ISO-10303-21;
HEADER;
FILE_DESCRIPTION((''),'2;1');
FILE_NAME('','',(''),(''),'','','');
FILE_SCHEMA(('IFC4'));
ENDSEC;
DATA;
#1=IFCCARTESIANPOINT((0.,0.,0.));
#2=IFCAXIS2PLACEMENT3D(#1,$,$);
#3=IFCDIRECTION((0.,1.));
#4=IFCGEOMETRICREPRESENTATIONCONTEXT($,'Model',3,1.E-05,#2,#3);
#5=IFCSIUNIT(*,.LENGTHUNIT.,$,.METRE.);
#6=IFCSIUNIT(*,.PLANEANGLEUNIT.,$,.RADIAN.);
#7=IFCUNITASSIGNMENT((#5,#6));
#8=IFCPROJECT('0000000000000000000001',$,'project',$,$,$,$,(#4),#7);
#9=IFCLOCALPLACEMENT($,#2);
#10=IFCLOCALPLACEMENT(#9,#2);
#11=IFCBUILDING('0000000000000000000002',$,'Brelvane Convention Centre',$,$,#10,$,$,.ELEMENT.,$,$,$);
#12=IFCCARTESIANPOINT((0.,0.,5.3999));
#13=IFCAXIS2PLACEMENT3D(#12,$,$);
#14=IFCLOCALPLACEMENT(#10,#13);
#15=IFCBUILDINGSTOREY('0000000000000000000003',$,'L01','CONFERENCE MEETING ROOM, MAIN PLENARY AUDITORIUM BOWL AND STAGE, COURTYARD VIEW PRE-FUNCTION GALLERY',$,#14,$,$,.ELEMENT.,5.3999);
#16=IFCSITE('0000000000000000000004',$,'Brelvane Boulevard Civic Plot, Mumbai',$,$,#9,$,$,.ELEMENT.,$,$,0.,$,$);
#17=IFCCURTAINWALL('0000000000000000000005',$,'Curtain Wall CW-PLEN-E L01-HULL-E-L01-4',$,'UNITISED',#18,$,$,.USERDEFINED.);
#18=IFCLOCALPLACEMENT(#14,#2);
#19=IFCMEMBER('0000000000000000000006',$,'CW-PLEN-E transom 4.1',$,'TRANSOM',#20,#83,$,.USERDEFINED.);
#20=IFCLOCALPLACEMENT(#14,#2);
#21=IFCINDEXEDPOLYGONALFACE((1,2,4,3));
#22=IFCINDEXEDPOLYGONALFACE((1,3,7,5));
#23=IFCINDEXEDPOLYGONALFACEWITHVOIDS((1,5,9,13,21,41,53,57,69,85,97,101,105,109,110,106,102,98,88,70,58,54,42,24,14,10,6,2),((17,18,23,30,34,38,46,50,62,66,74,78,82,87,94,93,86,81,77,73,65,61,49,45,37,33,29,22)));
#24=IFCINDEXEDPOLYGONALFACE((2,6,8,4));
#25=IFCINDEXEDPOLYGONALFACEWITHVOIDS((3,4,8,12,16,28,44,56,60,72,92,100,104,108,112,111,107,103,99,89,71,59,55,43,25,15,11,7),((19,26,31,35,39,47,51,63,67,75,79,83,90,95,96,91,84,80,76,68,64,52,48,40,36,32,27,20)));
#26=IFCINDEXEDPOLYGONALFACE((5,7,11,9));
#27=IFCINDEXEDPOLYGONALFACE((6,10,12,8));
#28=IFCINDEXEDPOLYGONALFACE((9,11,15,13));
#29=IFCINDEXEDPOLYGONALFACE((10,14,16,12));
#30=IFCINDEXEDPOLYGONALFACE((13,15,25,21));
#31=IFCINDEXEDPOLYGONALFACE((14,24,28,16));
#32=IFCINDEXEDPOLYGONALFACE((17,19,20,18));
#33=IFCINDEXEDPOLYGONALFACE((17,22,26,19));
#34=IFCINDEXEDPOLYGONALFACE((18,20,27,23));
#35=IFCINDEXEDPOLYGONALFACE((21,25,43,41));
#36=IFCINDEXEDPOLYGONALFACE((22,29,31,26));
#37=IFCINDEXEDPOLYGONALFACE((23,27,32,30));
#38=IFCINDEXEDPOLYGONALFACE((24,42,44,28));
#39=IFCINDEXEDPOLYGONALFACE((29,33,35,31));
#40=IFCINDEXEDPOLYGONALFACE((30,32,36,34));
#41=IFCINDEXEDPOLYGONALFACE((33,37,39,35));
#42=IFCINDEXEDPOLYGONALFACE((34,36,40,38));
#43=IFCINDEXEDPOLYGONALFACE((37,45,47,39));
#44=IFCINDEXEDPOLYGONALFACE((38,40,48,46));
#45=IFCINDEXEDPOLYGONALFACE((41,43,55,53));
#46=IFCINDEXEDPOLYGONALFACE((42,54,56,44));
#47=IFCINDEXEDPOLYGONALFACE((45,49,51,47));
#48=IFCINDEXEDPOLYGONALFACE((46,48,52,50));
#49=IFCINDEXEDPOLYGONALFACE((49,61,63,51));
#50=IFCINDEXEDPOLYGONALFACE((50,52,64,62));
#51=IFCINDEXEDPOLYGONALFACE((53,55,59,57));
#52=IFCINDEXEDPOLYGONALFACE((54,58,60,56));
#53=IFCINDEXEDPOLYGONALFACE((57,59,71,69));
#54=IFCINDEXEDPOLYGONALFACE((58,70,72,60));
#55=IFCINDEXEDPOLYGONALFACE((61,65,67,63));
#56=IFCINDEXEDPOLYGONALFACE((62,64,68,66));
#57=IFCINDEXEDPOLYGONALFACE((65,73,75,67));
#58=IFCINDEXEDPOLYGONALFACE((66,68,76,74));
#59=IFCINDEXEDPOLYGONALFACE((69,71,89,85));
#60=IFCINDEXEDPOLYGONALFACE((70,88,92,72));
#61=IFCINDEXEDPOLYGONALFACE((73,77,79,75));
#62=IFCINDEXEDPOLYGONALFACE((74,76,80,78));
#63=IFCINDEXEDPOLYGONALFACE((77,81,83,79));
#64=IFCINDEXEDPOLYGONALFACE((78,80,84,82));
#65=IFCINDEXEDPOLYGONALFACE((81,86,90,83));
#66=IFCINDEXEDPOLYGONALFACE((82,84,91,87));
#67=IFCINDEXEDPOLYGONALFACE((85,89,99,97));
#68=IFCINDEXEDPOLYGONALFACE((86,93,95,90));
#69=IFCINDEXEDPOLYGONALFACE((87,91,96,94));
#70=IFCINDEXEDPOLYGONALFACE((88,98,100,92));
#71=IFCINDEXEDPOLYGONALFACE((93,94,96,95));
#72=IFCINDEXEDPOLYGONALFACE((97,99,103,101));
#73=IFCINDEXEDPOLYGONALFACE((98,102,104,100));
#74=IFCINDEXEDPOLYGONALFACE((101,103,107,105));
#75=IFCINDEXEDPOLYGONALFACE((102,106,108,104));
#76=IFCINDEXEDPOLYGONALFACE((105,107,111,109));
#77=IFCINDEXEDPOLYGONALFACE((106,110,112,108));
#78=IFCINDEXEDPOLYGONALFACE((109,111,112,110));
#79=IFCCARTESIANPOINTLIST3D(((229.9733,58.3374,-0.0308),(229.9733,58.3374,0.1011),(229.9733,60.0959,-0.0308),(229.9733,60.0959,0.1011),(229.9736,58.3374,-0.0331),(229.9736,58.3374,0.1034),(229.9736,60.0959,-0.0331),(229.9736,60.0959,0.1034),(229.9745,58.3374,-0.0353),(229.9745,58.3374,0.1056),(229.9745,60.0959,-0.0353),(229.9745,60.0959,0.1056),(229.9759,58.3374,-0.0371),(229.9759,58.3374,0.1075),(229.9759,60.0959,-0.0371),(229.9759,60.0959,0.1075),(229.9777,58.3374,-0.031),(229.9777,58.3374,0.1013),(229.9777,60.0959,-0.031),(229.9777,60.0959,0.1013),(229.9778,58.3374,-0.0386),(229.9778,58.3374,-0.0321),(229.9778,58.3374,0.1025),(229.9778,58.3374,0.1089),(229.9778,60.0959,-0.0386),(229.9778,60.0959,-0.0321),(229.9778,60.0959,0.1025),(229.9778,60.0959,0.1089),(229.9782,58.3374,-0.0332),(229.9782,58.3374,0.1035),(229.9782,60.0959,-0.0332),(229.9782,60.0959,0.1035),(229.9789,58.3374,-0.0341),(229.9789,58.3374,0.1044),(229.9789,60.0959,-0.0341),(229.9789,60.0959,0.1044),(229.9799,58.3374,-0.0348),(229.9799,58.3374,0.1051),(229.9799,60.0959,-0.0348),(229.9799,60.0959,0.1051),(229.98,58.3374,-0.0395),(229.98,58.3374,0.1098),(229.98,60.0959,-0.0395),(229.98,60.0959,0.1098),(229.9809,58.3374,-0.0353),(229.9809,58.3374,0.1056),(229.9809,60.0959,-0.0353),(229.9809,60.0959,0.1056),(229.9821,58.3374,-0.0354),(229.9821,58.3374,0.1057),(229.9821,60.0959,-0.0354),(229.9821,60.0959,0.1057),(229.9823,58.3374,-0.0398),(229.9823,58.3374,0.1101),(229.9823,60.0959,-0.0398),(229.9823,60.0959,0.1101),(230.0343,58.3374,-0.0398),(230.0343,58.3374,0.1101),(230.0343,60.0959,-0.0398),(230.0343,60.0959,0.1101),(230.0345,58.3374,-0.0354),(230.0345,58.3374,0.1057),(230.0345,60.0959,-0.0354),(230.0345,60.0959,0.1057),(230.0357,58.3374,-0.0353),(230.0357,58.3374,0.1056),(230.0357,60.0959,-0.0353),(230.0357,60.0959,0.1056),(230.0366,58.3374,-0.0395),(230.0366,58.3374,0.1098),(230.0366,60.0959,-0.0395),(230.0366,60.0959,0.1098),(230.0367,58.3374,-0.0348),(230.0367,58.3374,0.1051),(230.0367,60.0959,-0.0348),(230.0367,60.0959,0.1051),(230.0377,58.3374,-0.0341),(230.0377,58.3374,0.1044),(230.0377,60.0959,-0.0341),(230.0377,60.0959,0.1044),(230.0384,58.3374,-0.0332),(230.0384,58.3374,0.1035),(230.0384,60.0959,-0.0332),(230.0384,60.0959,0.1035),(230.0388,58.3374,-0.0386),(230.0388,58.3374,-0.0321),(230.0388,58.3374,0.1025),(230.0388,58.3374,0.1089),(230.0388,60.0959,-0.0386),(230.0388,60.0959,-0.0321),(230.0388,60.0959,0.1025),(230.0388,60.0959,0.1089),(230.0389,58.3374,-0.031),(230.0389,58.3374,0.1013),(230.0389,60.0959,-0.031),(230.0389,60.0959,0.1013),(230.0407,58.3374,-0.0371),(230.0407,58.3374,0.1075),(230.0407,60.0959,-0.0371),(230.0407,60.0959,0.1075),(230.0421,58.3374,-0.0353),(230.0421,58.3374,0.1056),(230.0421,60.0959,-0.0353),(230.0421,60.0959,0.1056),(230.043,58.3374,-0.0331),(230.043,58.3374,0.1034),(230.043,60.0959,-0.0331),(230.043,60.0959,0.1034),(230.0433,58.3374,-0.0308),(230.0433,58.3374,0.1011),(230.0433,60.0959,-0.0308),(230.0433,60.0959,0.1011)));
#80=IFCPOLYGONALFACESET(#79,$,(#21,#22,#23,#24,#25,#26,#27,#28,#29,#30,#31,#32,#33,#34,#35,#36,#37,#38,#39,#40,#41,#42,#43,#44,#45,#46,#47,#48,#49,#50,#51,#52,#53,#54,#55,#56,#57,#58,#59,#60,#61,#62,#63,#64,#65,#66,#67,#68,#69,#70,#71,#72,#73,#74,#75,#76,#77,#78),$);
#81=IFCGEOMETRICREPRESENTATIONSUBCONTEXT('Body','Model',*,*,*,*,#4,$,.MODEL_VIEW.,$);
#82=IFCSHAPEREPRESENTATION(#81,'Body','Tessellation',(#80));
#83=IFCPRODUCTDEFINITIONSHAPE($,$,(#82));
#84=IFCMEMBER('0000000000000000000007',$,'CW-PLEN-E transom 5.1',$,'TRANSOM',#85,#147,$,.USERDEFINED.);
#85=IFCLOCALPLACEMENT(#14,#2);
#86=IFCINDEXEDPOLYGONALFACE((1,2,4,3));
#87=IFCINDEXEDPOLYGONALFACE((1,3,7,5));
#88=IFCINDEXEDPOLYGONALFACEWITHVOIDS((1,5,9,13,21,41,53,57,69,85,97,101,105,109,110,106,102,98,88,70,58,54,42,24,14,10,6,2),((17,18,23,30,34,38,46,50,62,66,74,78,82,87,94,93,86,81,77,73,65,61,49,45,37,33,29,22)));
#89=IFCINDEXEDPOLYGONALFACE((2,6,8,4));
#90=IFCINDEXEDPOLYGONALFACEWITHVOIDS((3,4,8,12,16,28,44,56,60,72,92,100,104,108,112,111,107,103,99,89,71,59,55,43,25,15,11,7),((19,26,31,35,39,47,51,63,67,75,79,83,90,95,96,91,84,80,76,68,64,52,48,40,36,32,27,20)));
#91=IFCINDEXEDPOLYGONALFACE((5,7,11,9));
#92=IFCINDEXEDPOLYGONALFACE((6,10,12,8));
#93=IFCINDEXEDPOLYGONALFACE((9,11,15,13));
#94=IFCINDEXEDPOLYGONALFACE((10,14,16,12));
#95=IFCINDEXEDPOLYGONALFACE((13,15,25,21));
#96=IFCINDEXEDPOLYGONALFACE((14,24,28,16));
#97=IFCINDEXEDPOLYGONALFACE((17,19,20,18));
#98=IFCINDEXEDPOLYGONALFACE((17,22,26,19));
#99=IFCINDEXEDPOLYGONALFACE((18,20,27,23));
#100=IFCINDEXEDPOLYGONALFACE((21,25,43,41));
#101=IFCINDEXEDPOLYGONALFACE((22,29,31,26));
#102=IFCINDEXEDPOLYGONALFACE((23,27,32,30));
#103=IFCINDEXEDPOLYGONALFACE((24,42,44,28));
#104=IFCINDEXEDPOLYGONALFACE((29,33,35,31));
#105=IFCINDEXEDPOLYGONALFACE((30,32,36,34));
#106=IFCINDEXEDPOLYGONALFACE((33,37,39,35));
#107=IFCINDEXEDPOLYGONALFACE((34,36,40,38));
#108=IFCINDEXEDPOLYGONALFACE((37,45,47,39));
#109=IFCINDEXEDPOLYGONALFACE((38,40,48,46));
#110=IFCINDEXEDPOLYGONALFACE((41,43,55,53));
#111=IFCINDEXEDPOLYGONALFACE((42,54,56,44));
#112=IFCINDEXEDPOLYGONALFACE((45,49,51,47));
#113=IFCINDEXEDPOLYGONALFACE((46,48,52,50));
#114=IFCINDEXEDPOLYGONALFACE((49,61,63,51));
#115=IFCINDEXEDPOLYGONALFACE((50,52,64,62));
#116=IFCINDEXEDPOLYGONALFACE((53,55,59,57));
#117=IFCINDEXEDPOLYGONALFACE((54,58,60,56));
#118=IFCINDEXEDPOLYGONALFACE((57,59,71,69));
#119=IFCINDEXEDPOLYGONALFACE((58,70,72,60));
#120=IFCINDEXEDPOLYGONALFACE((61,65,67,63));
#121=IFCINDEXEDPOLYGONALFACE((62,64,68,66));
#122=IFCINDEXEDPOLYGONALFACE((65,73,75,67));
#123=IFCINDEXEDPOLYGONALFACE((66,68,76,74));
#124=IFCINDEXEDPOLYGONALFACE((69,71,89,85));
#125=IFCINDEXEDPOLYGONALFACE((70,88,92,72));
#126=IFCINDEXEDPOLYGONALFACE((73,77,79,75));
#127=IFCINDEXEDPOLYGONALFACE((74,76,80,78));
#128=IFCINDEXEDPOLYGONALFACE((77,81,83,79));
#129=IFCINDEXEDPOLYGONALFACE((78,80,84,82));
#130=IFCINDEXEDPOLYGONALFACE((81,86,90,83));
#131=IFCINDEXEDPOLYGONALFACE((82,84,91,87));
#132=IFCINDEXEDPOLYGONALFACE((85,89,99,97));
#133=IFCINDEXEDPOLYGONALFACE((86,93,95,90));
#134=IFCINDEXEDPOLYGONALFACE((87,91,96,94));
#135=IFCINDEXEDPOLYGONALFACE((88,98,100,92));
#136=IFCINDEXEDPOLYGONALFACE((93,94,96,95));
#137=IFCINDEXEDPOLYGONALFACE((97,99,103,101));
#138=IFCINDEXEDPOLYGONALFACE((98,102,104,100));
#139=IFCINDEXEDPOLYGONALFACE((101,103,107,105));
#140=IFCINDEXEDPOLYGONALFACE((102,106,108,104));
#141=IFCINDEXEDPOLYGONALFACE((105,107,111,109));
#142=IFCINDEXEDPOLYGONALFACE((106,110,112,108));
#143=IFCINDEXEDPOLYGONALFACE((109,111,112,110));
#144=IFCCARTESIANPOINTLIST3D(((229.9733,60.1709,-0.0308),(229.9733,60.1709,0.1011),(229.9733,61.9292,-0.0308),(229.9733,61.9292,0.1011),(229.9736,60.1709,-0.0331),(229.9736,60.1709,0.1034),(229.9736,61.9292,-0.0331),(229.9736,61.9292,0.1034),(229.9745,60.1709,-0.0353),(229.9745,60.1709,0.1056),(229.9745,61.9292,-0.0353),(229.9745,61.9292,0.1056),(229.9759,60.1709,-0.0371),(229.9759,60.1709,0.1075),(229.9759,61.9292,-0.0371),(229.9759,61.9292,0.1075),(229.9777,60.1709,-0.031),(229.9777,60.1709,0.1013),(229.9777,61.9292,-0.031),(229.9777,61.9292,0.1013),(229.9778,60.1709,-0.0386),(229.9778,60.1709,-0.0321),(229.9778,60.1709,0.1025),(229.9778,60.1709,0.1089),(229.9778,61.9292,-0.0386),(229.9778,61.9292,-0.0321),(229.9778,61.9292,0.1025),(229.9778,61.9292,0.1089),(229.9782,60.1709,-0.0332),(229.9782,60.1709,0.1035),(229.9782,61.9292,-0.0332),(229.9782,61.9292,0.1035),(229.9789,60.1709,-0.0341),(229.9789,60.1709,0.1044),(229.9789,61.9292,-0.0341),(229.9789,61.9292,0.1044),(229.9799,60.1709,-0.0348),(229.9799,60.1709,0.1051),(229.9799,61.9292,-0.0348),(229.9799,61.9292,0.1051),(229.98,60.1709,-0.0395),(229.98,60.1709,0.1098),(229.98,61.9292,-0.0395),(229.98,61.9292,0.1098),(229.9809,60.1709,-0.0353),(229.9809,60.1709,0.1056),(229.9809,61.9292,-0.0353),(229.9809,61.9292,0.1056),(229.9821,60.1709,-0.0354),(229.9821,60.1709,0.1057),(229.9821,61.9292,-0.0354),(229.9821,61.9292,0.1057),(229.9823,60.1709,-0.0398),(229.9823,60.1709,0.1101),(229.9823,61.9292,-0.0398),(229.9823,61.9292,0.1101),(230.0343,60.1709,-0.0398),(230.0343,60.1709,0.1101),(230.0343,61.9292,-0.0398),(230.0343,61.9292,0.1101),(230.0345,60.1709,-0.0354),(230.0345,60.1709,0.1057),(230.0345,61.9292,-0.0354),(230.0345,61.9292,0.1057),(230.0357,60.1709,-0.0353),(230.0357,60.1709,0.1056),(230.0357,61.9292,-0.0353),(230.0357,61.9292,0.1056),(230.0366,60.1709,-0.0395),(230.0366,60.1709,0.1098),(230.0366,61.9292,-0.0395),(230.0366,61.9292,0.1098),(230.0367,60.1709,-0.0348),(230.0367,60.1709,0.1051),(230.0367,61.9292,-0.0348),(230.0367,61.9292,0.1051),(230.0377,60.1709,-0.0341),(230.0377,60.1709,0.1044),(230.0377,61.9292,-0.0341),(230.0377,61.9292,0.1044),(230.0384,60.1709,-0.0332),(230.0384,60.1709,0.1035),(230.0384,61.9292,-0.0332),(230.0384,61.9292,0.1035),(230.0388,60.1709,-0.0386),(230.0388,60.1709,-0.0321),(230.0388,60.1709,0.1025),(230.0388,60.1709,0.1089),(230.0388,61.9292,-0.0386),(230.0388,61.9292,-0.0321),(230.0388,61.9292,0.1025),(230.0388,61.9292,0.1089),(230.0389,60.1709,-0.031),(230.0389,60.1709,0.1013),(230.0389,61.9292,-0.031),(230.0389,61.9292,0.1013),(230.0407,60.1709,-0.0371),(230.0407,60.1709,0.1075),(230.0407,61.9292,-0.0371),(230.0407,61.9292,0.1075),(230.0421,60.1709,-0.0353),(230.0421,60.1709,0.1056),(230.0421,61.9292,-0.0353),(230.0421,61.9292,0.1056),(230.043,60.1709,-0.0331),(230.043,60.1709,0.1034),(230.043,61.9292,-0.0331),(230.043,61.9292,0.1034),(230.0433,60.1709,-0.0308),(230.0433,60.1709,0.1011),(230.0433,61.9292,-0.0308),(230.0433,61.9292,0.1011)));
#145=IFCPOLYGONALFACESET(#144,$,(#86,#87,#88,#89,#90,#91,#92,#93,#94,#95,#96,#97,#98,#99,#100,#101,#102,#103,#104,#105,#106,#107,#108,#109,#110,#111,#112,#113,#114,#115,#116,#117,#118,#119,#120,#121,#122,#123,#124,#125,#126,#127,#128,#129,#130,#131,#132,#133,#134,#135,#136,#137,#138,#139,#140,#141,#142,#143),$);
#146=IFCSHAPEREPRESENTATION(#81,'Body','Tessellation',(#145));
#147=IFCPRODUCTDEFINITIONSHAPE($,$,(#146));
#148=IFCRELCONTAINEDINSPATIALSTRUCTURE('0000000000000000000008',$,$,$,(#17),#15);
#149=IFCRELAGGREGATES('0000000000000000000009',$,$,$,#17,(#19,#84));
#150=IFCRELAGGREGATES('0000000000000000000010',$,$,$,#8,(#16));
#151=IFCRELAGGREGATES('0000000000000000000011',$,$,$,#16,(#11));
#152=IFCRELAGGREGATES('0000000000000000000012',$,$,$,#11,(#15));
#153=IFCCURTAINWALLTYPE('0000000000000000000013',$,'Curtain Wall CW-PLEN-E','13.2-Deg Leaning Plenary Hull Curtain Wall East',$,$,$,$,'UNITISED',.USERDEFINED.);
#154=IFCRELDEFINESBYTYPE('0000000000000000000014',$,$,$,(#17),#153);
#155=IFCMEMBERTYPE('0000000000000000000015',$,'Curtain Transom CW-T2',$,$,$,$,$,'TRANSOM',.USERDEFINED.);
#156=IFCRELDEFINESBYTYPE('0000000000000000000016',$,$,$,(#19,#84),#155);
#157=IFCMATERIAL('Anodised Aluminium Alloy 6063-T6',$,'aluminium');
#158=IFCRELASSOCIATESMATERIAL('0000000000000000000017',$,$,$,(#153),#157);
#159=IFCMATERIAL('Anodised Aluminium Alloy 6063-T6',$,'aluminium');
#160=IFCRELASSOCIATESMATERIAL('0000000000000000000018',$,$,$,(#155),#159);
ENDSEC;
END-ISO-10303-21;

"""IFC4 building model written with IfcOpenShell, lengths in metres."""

from ifc_helpers import new_model, si_unit, direction, frame, origin, origin_2d, place, context, subcontext, project, spatial, hollow_rectangle, extrude, material, material_profile, profile_set, type_object, element, aggregate, save


model = new_model("IFC4")

# Units and contexts
model_context = context("Model", 3, precision=1e-05, world=origin(), true_north=direction((0.0, 1.0)))
body_context = subcontext(model_context, "Body", "Model", "MODEL_VIEW")
ifc_project = project(units=[si_unit("LENGTHUNIT", "METRE"), si_unit("PLANEANGLEUNIT", "RADIAN")], contexts=[model_context])

# Site, building, storey
site_placement = place(None, origin())
site = spatial("IfcSite", under=ifc_project, at=site_placement, Name="Brelvane Boulevard Civic Plot, Mumbai", CompositionType="ELEMENT", RefElevation=0.0)
building_placement = place(site_placement, origin())
building = spatial("IfcBuilding", under=site, at=building_placement, Name="Brelvane Convention Centre", CompositionType="ELEMENT")
storey_placement = place(building_placement, frame((0.0, 0.0, 5.3999)))
storey = spatial("IfcBuildingStorey", under=building, at=storey_placement, Name="L01", Description="CONFERENCE MEETING ROOM, MAIN PLENARY AUDITORIUM BOWL AND STAGE, COURTYARD VIEW PRE-FUNCTION GALLERY", CompositionType="ELEMENT", Elevation=5.3999)

# Curtain wall
ifc_material_1 = material(Name="Anodised Aluminium Alloy 6063-T6", Category="aluminium")
curtain_wall_type = type_object("IfcCurtainWallType", Name="Curtain Wall CW-PLEN-E", Description="13.2-Deg Leaning Plenary Hull Curtain Wall East", ElementType="UNITISED", PredefinedType="USERDEFINED", material=ifc_material_1)
curtain_wall_1_placement = place(storey_placement, origin())
curtain_wall_1 = element("IfcCurtainWall", 1, at=curtain_wall_1_placement, inside=storey, type_object=curtain_wall_type, Name="Curtain Wall CW-PLEN-E L01-HULL-E-L01-4", ObjectType="UNITISED", PredefinedType="USERDEFINED")

# Members
ifc_material_2 = material(Name="Anodised Aluminium Alloy 6063-T6", Category="aluminium")
ifc_material_profile_1 = material_profile(ifc_material_2, hollow_rectangle(XDim=0.0701, YDim=0.1499, WallThickness=0.0044, InnerFilletRadius=0.0044, OuterFilletRadius=0.009, at=origin_2d()), Name="ALU-T 150x70x4.5")
ifc_profile_set_1 = profile_set([ifc_material_profile_1], Name="Anodised Aluminium Alloy 6063-T6")
member_type_1 = type_object("IfcMemberType", Name="Curtain Transom CW-T2", ElementType="TRANSOM", PredefinedType="USERDEFINED", material=ifc_profile_set_1)
member_1_placement = place(storey_placement, frame((230.0083, 58.3374, 0.0352), z_axis=(0.0, 1.0, 0.0), x_axis=(-1.0, 0.0, 0.0)))
member_1 = element("IfcMember", 2, at=member_1_placement, type_object=member_type_1, Name="CW-PLEN-E transom 4.1", ObjectType="TRANSOM", PredefinedType="USERDEFINED", context=body_context, shape_type="SweptSolid", body=[
    extrude(hollow_rectangle(XDim=0.0701, YDim=0.1499, WallThickness=0.0044, InnerFilletRadius=0.0044, OuterFilletRadius=0.009, at=origin_2d()), origin(), (0.0, 0.0, 1.0), 1.7585),
])
member_2_placement = place(storey_placement, frame((230.0083, 60.1709, 0.0352), z_axis=(0.0, 1.0, 0.0), x_axis=(-1.0, 0.0, 0.0)))
member_2 = element("IfcMember", 3, at=member_2_placement, type_object=member_type_1, Name="CW-PLEN-E transom 5.1", ObjectType="TRANSOM", PredefinedType="USERDEFINED", context=body_context, shape_type="SweptSolid", body=[
    extrude(hollow_rectangle(XDim=0.0701, YDim=0.1499, WallThickness=0.0044, InnerFilletRadius=0.0044, OuterFilletRadius=0.009, at=origin_2d()), origin(), (0.0, 0.0, 1.0), 1.7583),
])

aggregate(curtain_wall_1, [member_1, member_2])

save(model, "model.ifc")
